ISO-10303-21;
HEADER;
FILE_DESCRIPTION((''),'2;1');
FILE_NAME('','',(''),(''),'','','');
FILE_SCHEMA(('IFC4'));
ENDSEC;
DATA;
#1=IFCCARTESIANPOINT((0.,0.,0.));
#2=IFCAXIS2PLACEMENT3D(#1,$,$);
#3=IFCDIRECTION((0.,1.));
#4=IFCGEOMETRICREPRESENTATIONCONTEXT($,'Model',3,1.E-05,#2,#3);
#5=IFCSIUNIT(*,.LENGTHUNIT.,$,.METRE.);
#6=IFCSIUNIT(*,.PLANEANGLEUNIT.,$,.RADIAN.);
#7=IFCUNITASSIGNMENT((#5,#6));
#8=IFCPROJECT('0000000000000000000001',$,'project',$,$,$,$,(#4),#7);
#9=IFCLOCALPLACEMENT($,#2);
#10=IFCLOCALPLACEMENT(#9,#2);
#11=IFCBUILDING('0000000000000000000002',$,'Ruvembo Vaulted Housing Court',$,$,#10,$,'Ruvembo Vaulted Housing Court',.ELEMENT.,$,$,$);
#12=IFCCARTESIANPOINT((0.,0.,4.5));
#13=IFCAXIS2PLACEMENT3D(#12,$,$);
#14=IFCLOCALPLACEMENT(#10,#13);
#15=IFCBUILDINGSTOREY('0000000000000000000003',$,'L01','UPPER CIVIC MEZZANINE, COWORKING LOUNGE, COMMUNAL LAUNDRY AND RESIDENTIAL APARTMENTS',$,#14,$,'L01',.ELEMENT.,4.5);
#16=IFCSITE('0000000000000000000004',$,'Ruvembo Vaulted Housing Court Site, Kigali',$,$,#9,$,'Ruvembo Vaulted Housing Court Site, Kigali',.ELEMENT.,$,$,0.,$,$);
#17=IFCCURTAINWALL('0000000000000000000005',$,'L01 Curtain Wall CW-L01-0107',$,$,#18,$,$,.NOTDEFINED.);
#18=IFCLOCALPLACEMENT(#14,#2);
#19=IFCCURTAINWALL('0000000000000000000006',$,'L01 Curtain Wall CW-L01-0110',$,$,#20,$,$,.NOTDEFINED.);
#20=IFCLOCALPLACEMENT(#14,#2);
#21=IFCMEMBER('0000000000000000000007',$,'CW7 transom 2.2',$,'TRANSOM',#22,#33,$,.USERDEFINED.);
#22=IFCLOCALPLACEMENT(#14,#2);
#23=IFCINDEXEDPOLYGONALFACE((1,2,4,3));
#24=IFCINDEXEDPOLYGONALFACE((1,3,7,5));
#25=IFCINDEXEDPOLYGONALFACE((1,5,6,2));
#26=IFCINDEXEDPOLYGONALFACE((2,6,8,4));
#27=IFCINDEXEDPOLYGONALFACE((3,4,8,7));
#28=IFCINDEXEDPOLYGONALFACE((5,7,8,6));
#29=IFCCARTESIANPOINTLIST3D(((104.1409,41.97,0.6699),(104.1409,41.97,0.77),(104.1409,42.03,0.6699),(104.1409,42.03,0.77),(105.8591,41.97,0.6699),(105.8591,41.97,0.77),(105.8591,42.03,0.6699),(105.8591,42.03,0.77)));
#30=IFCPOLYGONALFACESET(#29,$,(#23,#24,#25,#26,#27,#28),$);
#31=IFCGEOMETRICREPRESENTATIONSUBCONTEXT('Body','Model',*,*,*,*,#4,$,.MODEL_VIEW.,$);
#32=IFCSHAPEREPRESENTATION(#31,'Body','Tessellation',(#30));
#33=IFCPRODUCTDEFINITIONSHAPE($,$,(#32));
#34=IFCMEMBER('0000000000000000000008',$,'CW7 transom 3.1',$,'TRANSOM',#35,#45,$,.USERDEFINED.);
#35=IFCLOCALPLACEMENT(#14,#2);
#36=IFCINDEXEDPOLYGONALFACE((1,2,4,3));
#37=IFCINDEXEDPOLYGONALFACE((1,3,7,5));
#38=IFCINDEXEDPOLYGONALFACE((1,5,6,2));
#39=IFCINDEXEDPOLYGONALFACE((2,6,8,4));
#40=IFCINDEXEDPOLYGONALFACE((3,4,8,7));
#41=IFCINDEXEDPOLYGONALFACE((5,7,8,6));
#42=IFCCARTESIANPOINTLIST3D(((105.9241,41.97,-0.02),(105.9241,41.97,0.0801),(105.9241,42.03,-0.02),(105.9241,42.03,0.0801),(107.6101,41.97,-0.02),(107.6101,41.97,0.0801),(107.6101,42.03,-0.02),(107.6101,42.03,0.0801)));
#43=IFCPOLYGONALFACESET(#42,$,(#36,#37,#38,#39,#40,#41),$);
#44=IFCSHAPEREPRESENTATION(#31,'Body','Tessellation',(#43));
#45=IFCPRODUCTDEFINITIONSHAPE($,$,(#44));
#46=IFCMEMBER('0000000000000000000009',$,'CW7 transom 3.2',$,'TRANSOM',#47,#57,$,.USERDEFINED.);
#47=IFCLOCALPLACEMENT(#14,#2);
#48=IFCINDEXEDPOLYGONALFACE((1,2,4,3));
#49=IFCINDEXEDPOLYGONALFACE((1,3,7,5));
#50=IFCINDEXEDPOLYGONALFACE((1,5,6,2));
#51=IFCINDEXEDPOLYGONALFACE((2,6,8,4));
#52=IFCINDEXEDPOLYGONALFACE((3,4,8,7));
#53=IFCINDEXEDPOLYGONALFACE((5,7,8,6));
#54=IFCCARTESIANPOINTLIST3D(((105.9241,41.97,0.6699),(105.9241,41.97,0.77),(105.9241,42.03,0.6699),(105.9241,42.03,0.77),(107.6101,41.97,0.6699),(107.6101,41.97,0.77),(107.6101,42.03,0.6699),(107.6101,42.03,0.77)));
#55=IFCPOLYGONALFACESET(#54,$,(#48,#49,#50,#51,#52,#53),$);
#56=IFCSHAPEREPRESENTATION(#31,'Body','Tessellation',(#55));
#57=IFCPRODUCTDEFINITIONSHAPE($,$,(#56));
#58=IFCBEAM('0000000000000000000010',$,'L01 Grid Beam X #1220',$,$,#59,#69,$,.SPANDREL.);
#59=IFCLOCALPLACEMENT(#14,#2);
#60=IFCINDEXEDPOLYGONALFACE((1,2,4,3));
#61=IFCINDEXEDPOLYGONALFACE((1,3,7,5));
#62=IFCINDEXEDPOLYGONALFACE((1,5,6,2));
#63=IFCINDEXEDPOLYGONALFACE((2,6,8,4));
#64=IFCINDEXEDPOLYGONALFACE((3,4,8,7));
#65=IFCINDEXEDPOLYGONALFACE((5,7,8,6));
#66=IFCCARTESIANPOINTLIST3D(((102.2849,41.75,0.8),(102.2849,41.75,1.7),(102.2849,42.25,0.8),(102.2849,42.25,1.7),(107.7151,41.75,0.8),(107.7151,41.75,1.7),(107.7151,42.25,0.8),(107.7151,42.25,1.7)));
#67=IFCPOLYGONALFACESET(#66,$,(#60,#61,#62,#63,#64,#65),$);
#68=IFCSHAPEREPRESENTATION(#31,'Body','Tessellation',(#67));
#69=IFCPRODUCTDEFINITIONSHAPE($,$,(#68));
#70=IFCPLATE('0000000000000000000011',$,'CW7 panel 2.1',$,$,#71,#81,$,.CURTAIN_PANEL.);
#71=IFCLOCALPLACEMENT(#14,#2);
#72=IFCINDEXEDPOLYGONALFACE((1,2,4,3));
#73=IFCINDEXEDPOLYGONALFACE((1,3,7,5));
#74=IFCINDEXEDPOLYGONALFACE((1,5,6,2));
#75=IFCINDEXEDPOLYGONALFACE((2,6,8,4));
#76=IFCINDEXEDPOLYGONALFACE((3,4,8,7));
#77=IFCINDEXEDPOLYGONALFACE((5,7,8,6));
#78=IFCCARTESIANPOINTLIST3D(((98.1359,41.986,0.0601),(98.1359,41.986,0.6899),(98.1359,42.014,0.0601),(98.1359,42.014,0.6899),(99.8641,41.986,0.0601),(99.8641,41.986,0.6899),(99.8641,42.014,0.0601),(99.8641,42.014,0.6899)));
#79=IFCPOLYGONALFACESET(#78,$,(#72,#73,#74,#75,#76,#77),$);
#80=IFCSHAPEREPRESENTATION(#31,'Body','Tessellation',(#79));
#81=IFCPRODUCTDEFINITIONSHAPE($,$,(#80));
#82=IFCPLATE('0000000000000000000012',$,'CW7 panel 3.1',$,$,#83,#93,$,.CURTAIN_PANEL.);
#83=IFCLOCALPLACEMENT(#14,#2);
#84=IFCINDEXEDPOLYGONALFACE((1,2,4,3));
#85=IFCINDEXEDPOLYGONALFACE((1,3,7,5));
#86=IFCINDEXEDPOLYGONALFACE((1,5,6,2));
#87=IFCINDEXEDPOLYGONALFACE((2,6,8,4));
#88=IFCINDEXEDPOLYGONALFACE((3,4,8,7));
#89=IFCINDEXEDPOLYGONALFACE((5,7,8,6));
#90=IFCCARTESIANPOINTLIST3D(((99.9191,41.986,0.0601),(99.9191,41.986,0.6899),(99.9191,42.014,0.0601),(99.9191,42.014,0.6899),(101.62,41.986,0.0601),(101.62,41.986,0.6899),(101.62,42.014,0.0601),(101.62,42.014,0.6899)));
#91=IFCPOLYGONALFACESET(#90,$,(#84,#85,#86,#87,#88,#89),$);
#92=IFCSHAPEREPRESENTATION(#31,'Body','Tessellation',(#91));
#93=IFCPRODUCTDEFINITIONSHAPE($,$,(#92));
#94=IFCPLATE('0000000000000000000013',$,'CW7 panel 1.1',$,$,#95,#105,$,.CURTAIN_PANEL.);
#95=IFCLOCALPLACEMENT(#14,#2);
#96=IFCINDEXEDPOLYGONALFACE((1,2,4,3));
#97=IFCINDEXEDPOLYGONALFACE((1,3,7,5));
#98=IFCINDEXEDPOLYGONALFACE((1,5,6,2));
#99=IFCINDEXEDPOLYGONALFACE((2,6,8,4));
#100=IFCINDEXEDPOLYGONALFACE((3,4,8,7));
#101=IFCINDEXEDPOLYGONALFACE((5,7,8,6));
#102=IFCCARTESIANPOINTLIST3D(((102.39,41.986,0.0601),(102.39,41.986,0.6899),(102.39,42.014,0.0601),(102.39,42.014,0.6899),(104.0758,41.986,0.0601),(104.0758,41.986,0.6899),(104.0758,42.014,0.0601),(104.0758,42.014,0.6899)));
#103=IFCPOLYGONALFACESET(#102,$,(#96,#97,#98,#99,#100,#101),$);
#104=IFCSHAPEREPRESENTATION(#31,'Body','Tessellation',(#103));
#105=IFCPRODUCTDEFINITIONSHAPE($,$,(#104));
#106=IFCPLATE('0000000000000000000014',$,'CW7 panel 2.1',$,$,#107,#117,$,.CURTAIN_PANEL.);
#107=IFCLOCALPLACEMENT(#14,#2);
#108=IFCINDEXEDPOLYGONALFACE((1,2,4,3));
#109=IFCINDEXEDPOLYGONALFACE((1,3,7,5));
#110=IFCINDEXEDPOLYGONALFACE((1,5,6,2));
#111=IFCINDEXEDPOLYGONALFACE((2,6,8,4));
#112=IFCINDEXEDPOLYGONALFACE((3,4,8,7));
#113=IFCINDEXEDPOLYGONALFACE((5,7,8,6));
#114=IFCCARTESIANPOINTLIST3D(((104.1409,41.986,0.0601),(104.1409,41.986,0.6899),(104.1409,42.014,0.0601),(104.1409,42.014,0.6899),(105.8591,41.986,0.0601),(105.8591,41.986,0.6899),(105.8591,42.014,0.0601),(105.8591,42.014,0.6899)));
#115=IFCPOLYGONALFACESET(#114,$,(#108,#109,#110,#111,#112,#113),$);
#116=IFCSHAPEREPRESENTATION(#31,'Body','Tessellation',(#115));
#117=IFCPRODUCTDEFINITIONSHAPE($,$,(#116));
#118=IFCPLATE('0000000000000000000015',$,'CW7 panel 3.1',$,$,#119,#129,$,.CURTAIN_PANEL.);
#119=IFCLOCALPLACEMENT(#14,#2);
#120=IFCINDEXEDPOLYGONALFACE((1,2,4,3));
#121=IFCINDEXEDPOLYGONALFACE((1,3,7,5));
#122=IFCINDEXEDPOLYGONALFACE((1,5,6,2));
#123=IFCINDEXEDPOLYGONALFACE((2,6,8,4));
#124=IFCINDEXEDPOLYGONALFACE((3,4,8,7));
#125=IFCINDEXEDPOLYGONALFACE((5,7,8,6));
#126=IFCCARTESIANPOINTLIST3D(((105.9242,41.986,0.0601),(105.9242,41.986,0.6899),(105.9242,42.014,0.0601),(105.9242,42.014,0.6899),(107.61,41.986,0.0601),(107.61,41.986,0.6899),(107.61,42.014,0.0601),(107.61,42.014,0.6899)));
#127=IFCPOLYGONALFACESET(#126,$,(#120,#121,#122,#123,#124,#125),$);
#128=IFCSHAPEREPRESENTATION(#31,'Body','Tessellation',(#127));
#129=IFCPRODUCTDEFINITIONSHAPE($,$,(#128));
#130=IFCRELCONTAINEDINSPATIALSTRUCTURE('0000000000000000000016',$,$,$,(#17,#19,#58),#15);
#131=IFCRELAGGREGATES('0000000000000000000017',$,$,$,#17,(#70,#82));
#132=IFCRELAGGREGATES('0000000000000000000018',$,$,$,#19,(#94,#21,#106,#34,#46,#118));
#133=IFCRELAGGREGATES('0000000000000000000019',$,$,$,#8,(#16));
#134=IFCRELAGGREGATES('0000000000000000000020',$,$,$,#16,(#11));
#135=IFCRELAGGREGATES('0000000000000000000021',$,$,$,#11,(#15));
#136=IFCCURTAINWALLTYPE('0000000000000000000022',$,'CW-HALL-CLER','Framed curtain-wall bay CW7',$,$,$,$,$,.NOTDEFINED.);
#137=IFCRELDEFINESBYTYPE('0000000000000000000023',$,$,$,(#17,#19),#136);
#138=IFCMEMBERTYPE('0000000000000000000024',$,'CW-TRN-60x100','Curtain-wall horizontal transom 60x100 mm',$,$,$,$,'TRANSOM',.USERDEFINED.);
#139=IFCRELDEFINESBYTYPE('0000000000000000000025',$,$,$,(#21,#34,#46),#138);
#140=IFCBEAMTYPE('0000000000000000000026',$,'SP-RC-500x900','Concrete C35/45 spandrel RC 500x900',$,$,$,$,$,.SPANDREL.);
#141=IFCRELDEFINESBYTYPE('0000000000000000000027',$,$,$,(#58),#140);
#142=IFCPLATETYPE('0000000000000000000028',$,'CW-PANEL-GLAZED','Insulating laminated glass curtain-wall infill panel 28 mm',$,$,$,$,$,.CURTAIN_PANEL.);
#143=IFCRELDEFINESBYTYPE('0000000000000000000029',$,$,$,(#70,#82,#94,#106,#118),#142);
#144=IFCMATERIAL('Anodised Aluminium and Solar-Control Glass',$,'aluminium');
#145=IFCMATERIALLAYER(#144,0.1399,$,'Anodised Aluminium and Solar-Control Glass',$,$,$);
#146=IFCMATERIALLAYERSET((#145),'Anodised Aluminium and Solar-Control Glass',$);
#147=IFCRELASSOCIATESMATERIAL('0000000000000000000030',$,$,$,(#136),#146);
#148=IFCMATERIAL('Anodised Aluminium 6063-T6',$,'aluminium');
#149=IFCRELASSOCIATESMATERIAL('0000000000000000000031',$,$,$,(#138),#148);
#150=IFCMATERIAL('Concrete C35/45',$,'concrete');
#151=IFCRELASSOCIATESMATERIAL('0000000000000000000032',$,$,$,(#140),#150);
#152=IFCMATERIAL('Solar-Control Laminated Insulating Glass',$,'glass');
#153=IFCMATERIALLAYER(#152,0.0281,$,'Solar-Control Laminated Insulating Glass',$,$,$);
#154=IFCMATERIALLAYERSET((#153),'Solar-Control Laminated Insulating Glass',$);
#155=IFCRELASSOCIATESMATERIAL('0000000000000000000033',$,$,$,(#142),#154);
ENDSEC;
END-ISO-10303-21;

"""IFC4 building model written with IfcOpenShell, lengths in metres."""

from ifc_helpers import new_model, si_unit, direction, frame, origin, origin_2d, place, context, subcontext, project, spatial, rectangle, extrude, material, layer, layer_set, material_profile, profile_set, type_object, element, aggregate, save


model = new_model("IFC4")

# Units and contexts
model_context = context("Model", 3, precision=1e-05, world=origin(), true_north=direction((0.0, 1.0)))
body_context = subcontext(model_context, "Body", "Model", "MODEL_VIEW")
ifc_project = project(units=[si_unit("LENGTHUNIT", "METRE"), si_unit("PLANEANGLEUNIT", "RADIAN")], contexts=[model_context])

# Site, building, storey
site_placement = place(None, origin())
site = spatial("IfcSite", under=ifc_project, at=site_placement, Name="Ruvembo Vaulted Housing Court Site, Kigali", LongName="Ruvembo Vaulted Housing Court Site, Kigali", CompositionType="ELEMENT", RefElevation=0.0)
building_placement = place(site_placement, origin())
building = spatial("IfcBuilding", under=site, at=building_placement, Name="Ruvembo Vaulted Housing Court", LongName="Ruvembo Vaulted Housing Court", CompositionType="ELEMENT")
storey_placement = place(building_placement, frame((0.0, 0.0, 4.5)))
storey = spatial("IfcBuildingStorey", under=building, at=storey_placement, Name="L01", Description="UPPER CIVIC MEZZANINE, COWORKING LOUNGE, COMMUNAL LAUNDRY AND RESIDENTIAL APARTMENTS", LongName="L01", CompositionType="ELEMENT", Elevation=4.5)

# Shared definitions
ifc_material_1 = material(Name="Concrete C35/45", Category="concrete")

# Curtain walls
ifc_material_2 = material(Name="Anodised Aluminium and Solar-Control Glass", Category="aluminium")
ifc_layer_1 = layer(ifc_material_2, 0.1399, Name="Anodised Aluminium and Solar-Control Glass")
ifc_layer_set_1 = layer_set([ifc_layer_1], Name="Anodised Aluminium and Solar-Control Glass")
curtain_wall_type = type_object("IfcCurtainWallType", Name="CW-HALL-CLER", Description="Framed curtain-wall bay CW7", PredefinedType="NOTDEFINED", material=ifc_layer_set_1)
curtain_wall_1_placement = place(storey_placement, origin())
curtain_wall_1 = element("IfcCurtainWall", 1, at=curtain_wall_1_placement, inside=storey, type_object=curtain_wall_type, Name="L01 Curtain Wall CW-L01-0107", PredefinedType="NOTDEFINED")
ifc_material_3 = material(Name="Anodised Aluminium 6063-T6", Category="aluminium")
curtain_wall_2_placement = place(storey_placement, origin())
curtain_wall_2 = element("IfcCurtainWall", 2, at=curtain_wall_2_placement, inside=storey, type_object=curtain_wall_type, Name="L01 Curtain Wall CW-L01-0110", PredefinedType="NOTDEFINED")

# Members
ifc_material_profile_1 = material_profile(ifc_material_3, rectangle(XDim=0.0601, YDim=0.1001, at=origin_2d()), Name="ALU 60x100")
ifc_profile_set_1 = profile_set([ifc_material_profile_1], Name="Anodised Aluminium 6063-T6")
member_type_1 = type_object("IfcMemberType", Name="CW-TRN-60x100", Description="Curtain-wall horizontal transom 60x100 mm", ElementType="TRANSOM", PredefinedType="USERDEFINED", material=ifc_profile_set_1)
member_1_placement = place(storey_placement, frame((104.1409, 42.0, 0.72), z_axis=(1.0, 0.0, 0.0), x_axis=(0.0, 1.0, 0.0)))
member_1 = element("IfcMember", 3, at=member_1_placement, type_object=member_type_1, Name="CW7 transom 2.2", ObjectType="TRANSOM", PredefinedType="USERDEFINED", context=body_context, shape_type="SweptSolid", body=[
    extrude(rectangle(XDim=0.0601, YDim=0.1001, at=origin_2d()), origin(), (0.0, 0.0, 1.0), 1.7183),
])
member_2_placement = place(storey_placement, frame((105.9241, 42.0, 0.03), z_axis=(1.0, 0.0, 0.0), x_axis=(0.0, 1.0, 0.0)))
member_2 = element("IfcMember", 4, at=member_2_placement, type_object=member_type_1, Name="CW7 transom 3.1", ObjectType="TRANSOM", PredefinedType="USERDEFINED", context=body_context, shape_type="SweptSolid", body=[
    extrude(rectangle(XDim=0.0601, YDim=0.1001, at=origin_2d()), origin(), (0.0, 0.0, 1.0), 1.686),
])
member_3_placement = place(storey_placement, frame((105.9241, 42.0, 0.72), z_axis=(1.0, 0.0, 0.0), x_axis=(0.0, 1.0, 0.0)))
member_3 = element("IfcMember", 5, at=member_3_placement, type_object=member_type_1, Name="CW7 transom 3.2", ObjectType="TRANSOM", PredefinedType="USERDEFINED", context=body_context, shape_type="SweptSolid", body=[
    extrude(rectangle(XDim=0.0601, YDim=0.1001, at=origin_2d()), origin(), (0.0, 0.0, 1.0), 1.686),
])

# Beam
ifc_material_profile_2 = material_profile(ifc_material_1, rectangle(XDim=0.5, YDim=0.8999, at=origin_2d()), Name="RC 500x900")
ifc_profile_set_2 = profile_set([ifc_material_profile_2], Name="Concrete C35/45")
beam_type_1 = type_object("IfcBeamType", Name="SP-RC-500x900", Description="Concrete C35/45 spandrel RC 500x900", PredefinedType="SPANDREL", material=ifc_profile_set_2)
beam_1_placement = place(storey_placement, frame((102.2849, 42.0, 1.25), z_axis=(1.0, 0.0, 0.0), x_axis=(0.0, 1.0, 0.0)))
element("IfcBeam", 6, at=beam_1_placement, inside=storey, type_object=beam_type_1, Name="L01 Grid Beam X #1220", PredefinedType="SPANDREL", context=body_context, shape_type="SweptSolid", body=[
    extrude(rectangle(XDim=0.5, YDim=0.8999, at=origin_2d()), origin(), (0.0, 0.0, 1.0), 5.4302),
])

# Plates
ifc_material_4 = material(Name="Solar-Control Laminated Insulating Glass", Category="glass")
ifc_layer_2 = layer(ifc_material_4, 0.0281, Name="Solar-Control Laminated Insulating Glass")
ifc_layer_set_2 = layer_set([ifc_layer_2], Name="Solar-Control Laminated Insulating Glass")
plate_type = type_object("IfcPlateType", Name="CW-PANEL-GLAZED", Description="Insulating laminated glass curtain-wall infill panel 28 mm", PredefinedType="CURTAIN_PANEL", material=ifc_layer_set_2)
plate_1_placement = place(storey_placement, frame((99.0, 42.0, 0.0601), z_axis=(0.0, 0.0, 1.0), x_axis=(1.0, 0.0, 0.0)))
plate_1 = element("IfcPlate", 7, at=plate_1_placement, type_object=plate_type, Name="CW7 panel 2.1", PredefinedType="CURTAIN_PANEL", context=body_context, shape_type="SweptSolid", body=[
    extrude(rectangle(XDim=1.7283, YDim=0.0281, at=origin_2d()), origin(), (0.0, 0.0, 1.0), 0.6299),
])
plate_2_placement = place(storey_placement, frame((100.7695, 42.0, 0.0601), z_axis=(0.0, 0.0, 1.0), x_axis=(1.0, 0.0, 0.0)))
plate_2 = element("IfcPlate", 8, at=plate_2_placement, type_object=plate_type, Name="CW7 panel 3.1", PredefinedType="CURTAIN_PANEL", context=body_context, shape_type="SweptSolid", body=[
    extrude(rectangle(XDim=1.7009, YDim=0.0281, at=origin_2d()), origin(), (0.0, 0.0, 1.0), 0.6299),
])
aggregate(curtain_wall_1, [plate_1, plate_2])
plate_3_placement = place(storey_placement, frame((103.2329, 42.0, 0.0601), z_axis=(0.0, 0.0, 1.0), x_axis=(1.0, 0.0, 0.0)))
plate_3 = element("IfcPlate", 9, at=plate_3_placement, type_object=plate_type, Name="CW7 panel 1.1", PredefinedType="CURTAIN_PANEL", context=body_context, shape_type="SweptSolid", body=[
    extrude(rectangle(XDim=1.6858, YDim=0.0281, at=origin_2d()), origin(), (0.0, 0.0, 1.0), 0.6299),
])
plate_4_placement = place(storey_placement, frame((105.0, 42.0, 0.0601), z_axis=(0.0, 0.0, 1.0), x_axis=(1.0, 0.0, 0.0)))
plate_4 = element("IfcPlate", 10, at=plate_4_placement, type_object=plate_type, Name="CW7 panel 2.1", PredefinedType="CURTAIN_PANEL", context=body_context, shape_type="SweptSolid", body=[
    extrude(rectangle(XDim=1.7183, YDim=0.0281, at=origin_2d()), origin(), (0.0, 0.0, 1.0), 0.6299),
])
plate_5_placement = place(storey_placement, frame((106.7671, 42.0, 0.0601), z_axis=(0.0, 0.0, 1.0), x_axis=(1.0, 0.0, 0.0)))
plate_5 = element("IfcPlate", 11, at=plate_5_placement, type_object=plate_type, Name="CW7 panel 3.1", PredefinedType="CURTAIN_PANEL", context=body_context, shape_type="SweptSolid", body=[
    extrude(rectangle(XDim=1.6858, YDim=0.0281, at=origin_2d()), origin(), (0.0, 0.0, 1.0), 0.6299),
])
aggregate(curtain_wall_2, [plate_3, member_1, plate_4, member_2, member_3, plate_5])

save(model, "model.ifc")
